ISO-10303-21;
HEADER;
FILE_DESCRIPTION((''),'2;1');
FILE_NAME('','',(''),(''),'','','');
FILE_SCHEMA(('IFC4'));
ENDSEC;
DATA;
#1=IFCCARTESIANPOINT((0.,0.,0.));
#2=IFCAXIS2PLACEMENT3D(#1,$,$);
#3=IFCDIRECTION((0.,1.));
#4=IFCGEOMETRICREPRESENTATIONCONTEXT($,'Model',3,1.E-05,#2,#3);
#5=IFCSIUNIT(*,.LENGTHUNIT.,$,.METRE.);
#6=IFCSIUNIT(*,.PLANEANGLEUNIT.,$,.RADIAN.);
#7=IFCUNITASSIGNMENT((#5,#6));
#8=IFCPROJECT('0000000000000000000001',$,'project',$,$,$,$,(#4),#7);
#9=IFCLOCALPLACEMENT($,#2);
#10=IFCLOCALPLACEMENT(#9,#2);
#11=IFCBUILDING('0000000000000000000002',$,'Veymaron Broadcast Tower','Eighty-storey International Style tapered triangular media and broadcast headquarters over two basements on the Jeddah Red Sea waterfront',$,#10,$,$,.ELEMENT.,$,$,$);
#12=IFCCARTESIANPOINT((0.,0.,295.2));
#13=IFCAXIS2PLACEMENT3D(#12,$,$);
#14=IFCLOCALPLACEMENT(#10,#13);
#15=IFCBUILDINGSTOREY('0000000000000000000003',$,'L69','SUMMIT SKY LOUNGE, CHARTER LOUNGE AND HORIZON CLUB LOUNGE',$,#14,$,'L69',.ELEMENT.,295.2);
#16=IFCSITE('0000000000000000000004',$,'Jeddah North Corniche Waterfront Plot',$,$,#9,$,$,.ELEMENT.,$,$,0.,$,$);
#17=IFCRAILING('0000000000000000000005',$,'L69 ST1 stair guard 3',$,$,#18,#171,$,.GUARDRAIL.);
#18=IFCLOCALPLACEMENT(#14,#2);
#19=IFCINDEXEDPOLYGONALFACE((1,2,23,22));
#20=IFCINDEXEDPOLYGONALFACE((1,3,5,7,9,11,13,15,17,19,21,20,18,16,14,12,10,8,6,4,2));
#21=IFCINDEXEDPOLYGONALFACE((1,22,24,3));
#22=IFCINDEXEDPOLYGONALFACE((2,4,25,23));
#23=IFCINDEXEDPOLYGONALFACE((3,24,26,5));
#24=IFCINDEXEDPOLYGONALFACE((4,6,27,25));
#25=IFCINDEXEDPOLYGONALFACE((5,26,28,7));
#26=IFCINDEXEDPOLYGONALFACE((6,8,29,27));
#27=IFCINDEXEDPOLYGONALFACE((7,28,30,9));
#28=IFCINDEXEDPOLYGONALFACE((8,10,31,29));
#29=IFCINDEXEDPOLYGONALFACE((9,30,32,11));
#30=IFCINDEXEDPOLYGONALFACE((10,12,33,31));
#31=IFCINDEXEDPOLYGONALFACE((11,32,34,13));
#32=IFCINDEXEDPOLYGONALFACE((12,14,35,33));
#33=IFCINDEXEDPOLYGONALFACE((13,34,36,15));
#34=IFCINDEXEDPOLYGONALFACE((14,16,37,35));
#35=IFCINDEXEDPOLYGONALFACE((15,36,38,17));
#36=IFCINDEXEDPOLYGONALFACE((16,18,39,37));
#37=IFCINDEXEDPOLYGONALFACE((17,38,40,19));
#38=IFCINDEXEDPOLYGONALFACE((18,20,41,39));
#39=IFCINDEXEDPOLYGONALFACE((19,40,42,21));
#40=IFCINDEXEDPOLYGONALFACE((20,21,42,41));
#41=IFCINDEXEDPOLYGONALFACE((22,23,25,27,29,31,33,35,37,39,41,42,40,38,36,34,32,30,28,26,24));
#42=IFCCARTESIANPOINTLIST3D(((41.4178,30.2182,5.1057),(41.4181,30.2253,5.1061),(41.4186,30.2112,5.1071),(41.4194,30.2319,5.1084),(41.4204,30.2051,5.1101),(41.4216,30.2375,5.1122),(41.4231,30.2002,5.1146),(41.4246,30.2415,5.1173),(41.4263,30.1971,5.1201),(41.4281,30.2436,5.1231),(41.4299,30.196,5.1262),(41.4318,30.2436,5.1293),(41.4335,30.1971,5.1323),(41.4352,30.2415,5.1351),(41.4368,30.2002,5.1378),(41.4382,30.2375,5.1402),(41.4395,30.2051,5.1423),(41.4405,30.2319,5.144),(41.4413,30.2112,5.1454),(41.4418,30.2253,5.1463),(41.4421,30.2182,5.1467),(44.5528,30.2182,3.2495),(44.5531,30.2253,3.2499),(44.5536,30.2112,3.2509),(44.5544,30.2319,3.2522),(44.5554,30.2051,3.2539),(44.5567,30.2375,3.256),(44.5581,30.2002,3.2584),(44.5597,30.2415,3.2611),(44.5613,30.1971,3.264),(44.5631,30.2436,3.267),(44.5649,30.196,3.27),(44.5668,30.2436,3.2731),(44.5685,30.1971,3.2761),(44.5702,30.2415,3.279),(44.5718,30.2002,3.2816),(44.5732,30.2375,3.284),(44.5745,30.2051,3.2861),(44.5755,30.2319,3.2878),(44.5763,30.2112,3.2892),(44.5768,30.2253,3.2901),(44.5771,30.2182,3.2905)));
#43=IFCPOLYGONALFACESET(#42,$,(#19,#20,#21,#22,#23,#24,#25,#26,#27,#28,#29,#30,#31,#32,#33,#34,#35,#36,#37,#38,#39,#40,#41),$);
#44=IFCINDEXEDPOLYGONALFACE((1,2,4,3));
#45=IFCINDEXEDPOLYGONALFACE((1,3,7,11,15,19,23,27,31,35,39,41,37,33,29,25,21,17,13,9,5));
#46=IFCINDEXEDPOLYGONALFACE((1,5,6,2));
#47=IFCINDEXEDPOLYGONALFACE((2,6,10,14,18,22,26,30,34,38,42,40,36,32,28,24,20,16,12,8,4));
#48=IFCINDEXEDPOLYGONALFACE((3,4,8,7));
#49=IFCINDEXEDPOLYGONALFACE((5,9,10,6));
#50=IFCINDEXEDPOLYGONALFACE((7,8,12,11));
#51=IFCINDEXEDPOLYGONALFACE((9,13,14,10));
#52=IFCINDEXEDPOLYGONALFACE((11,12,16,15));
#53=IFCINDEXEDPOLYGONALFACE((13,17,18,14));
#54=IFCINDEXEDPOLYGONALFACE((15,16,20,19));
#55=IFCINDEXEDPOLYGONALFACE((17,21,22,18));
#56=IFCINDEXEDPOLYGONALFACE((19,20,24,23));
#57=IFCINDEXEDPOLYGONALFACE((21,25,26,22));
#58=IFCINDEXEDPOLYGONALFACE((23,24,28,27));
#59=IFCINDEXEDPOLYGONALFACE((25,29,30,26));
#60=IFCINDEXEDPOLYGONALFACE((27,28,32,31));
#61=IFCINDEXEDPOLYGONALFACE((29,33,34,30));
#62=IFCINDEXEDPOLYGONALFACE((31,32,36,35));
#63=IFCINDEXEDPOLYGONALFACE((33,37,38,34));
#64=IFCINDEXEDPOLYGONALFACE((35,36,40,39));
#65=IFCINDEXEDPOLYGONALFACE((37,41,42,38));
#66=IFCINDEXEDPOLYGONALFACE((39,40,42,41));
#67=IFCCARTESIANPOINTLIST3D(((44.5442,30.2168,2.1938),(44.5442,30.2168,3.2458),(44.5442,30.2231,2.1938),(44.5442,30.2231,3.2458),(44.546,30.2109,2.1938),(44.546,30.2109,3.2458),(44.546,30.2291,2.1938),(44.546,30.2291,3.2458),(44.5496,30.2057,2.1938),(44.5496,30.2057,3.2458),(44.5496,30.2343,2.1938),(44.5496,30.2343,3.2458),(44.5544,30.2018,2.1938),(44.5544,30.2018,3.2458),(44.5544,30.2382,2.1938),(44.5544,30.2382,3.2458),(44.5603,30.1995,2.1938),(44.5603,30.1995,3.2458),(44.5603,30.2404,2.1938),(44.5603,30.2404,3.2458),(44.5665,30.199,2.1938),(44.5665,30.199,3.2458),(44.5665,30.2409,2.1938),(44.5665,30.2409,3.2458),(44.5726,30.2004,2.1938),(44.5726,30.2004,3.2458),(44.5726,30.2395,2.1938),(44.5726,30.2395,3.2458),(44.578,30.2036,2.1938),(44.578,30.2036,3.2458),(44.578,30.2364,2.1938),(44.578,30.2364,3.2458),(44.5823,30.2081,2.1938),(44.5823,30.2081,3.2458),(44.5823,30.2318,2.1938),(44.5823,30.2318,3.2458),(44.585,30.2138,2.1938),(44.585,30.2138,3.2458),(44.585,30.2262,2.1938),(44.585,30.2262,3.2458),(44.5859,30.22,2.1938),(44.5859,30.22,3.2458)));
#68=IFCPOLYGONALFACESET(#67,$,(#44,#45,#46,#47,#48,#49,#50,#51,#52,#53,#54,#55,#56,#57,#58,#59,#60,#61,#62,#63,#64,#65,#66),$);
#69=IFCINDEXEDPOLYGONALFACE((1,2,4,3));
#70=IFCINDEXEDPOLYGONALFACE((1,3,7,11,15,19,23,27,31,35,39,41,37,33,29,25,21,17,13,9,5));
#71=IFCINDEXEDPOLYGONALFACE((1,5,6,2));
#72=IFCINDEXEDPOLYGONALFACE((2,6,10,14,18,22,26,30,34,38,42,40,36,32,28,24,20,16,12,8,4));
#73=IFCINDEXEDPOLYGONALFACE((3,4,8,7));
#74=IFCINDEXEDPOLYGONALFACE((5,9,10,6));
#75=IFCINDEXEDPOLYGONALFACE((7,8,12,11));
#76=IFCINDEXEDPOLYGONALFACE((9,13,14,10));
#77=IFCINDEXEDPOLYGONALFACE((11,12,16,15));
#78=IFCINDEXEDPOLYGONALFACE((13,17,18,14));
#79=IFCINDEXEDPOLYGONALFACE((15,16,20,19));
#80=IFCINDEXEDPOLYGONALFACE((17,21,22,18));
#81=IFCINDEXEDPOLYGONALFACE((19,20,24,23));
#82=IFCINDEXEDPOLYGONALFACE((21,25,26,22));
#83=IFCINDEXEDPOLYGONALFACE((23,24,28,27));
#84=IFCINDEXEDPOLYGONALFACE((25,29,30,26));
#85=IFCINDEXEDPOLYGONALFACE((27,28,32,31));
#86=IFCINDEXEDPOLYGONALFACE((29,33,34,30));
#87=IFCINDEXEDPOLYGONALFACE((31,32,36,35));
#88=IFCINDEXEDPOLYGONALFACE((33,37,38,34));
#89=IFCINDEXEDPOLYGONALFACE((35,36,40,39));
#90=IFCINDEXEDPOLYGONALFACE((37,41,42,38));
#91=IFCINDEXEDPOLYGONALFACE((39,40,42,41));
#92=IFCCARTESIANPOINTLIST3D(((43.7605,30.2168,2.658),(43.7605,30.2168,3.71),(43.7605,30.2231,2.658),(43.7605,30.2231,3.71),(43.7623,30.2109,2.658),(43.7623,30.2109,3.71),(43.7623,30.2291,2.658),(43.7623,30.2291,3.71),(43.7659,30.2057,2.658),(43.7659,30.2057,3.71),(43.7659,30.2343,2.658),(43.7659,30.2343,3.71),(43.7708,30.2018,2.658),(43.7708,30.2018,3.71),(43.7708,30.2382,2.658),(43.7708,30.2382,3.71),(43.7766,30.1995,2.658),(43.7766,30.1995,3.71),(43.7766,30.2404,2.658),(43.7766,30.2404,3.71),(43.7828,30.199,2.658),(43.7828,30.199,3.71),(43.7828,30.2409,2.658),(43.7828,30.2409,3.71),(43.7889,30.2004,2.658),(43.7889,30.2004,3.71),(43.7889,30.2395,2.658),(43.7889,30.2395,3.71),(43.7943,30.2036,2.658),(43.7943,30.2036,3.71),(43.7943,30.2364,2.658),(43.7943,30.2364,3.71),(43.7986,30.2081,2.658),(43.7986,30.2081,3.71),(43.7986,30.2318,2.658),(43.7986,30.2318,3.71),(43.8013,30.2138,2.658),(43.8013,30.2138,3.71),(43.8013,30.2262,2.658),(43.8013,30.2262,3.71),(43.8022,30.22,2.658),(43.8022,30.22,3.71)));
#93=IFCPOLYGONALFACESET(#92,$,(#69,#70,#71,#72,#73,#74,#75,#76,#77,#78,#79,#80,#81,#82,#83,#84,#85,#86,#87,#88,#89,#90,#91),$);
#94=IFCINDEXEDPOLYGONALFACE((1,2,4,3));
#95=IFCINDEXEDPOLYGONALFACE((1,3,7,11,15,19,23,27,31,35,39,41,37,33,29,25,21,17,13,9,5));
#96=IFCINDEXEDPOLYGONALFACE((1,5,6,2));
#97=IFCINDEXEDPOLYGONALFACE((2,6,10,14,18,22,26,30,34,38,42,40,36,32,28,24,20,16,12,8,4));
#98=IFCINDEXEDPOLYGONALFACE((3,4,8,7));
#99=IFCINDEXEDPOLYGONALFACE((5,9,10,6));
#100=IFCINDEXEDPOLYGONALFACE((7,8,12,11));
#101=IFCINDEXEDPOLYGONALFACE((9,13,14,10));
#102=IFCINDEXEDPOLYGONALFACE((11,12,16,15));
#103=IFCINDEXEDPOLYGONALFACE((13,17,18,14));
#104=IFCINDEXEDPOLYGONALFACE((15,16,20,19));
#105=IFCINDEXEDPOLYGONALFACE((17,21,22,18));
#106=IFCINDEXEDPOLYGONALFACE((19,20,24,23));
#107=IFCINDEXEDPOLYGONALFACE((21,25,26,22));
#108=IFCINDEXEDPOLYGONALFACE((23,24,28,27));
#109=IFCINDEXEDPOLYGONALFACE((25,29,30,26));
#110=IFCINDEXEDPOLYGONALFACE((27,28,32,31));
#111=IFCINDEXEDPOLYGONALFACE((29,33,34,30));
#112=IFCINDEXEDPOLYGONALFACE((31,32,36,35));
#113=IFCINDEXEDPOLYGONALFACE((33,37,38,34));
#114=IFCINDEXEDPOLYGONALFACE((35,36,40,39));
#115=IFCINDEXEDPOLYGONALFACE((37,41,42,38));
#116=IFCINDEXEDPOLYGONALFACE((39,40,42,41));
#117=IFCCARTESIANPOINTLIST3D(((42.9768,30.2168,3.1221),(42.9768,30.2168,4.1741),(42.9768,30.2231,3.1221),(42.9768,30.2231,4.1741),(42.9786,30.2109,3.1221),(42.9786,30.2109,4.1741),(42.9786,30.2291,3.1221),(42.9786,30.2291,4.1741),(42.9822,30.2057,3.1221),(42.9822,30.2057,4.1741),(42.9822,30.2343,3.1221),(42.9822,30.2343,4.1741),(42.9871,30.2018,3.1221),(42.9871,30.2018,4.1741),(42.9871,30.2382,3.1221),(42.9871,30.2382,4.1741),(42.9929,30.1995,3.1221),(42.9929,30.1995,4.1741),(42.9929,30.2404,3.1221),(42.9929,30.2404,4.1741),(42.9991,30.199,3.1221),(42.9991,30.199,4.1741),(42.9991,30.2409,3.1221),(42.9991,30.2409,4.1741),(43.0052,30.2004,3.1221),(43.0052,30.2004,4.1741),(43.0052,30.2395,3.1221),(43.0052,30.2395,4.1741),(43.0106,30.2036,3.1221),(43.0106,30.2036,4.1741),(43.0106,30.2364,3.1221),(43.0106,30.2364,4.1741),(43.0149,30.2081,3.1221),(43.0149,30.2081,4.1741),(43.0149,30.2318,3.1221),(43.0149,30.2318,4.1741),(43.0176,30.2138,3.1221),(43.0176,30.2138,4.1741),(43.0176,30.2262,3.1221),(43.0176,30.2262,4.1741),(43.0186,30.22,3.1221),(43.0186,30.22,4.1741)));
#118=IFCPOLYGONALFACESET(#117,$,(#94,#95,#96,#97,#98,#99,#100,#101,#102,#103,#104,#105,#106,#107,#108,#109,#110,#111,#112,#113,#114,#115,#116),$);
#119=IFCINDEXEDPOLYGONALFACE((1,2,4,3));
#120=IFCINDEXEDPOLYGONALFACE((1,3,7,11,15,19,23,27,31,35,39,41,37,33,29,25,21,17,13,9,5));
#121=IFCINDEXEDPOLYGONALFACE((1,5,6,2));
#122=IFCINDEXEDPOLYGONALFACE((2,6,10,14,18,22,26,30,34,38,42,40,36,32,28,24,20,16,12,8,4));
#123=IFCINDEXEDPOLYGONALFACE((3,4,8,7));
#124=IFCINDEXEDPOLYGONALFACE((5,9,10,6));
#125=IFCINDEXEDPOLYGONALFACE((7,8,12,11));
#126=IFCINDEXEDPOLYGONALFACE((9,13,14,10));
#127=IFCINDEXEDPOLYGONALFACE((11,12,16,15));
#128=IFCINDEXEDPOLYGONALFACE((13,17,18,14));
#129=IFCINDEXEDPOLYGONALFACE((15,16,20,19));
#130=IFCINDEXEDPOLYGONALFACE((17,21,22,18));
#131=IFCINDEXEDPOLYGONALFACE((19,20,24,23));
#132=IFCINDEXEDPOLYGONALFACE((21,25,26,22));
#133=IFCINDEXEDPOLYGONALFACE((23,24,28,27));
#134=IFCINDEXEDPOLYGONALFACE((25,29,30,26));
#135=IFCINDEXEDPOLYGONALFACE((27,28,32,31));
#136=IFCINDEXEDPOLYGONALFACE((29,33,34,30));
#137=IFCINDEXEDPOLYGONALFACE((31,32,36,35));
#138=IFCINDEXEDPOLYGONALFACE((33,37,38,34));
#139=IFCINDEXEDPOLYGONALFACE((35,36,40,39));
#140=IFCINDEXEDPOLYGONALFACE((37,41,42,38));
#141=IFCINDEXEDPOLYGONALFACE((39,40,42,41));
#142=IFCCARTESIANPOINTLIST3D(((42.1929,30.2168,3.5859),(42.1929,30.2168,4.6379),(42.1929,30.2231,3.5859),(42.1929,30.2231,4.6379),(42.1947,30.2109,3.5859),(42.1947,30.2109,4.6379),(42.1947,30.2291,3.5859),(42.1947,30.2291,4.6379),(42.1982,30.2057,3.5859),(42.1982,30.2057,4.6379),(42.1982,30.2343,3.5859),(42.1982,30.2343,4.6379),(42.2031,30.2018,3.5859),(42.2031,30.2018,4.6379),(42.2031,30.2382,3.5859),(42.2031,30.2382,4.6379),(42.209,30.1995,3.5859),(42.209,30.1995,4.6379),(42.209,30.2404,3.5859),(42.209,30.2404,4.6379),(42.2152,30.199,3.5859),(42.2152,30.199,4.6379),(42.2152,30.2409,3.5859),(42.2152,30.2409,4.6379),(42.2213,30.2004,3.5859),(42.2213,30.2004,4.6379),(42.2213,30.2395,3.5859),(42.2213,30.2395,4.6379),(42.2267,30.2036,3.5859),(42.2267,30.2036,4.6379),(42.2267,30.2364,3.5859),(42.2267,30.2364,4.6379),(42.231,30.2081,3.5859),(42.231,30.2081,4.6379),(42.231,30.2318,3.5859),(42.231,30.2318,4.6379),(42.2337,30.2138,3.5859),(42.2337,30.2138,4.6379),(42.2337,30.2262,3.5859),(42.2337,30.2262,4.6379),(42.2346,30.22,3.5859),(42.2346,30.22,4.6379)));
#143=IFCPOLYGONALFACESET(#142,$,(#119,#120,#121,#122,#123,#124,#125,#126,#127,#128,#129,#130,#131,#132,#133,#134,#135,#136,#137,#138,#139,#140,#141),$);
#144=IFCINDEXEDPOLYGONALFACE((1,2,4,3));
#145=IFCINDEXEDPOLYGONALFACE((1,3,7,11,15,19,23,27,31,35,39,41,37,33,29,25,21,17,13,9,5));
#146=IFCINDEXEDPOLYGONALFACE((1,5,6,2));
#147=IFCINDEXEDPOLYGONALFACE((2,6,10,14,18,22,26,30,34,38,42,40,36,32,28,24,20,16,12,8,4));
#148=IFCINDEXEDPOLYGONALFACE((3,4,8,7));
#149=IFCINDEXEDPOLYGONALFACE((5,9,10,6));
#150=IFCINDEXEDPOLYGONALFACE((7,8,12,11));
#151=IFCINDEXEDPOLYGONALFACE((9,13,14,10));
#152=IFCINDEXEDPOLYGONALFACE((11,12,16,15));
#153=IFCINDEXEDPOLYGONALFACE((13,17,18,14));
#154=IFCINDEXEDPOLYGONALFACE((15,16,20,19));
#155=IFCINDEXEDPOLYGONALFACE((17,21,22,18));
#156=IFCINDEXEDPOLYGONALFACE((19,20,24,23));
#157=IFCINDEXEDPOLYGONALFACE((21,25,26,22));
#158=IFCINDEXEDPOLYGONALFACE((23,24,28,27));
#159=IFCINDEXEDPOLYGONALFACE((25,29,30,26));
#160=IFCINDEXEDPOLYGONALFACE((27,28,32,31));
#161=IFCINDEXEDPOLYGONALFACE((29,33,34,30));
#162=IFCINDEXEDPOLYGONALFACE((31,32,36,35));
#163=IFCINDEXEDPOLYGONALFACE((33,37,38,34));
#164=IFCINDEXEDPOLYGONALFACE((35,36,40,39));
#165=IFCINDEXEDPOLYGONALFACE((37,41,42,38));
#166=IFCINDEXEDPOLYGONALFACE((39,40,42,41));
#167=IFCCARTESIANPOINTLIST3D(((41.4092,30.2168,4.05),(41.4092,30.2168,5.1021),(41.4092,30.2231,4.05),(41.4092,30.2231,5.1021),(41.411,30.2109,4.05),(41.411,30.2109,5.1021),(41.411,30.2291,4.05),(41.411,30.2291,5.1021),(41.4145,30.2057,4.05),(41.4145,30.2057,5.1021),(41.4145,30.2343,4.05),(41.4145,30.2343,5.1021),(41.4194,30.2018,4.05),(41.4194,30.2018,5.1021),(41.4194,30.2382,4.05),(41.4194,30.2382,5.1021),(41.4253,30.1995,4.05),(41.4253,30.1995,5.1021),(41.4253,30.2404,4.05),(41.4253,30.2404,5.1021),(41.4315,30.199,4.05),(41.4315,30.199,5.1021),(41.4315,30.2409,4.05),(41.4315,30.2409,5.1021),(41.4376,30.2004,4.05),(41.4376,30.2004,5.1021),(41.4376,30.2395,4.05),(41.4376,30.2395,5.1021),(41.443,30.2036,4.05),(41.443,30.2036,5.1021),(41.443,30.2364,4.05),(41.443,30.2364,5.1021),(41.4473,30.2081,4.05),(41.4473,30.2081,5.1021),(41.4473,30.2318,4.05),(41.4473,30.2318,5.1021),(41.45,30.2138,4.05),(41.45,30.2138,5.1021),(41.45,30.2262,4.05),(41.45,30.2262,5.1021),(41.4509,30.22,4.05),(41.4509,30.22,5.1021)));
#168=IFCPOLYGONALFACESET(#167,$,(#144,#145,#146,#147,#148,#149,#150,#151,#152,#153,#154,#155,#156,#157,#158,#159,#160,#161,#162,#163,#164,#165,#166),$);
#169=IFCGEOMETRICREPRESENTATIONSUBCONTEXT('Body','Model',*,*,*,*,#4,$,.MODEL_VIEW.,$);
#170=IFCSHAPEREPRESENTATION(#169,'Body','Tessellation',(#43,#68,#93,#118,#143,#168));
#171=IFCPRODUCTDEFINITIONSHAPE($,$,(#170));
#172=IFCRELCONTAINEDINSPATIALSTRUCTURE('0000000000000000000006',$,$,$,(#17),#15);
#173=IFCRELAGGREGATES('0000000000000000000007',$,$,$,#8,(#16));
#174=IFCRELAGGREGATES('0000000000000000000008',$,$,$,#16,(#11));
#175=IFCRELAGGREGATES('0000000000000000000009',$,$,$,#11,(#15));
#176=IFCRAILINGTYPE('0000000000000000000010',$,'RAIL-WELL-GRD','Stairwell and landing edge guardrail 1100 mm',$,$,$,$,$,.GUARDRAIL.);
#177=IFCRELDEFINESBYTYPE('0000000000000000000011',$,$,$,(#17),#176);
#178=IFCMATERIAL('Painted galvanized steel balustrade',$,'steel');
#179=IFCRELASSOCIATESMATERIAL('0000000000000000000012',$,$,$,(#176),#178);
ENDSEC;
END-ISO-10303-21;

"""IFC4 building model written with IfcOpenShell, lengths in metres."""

from ifc_helpers import new_model, si_unit, direction, frame, origin, origin_2d, place, context, subcontext, project, spatial, circle, extrude, material, type_object, element, save


model = new_model("IFC4")

# Units and contexts
model_context = context("Model", 3, precision=1e-05, world=origin(), true_north=direction((0.0, 1.0)))
body_context = subcontext(model_context, "Body", "Model", "MODEL_VIEW")
ifc_project = project(units=[si_unit("LENGTHUNIT", "METRE"), si_unit("PLANEANGLEUNIT", "RADIAN")], contexts=[model_context])

# Site, building, storey
site_placement = place(None, origin())
site = spatial("IfcSite", under=ifc_project, at=site_placement, Name="Jeddah North Corniche Waterfront Plot", CompositionType="ELEMENT", RefElevation=0.0)
building_placement = place(site_placement, origin())
building = spatial("IfcBuilding", under=site, at=building_placement, Name="Veymaron Broadcast Tower", Description="Eighty-storey International Style tapered triangular media and broadcast headquarters over two basements on the Jeddah Red Sea waterfront", CompositionType="ELEMENT")
storey_placement = place(building_placement, frame((0.0, 0.0, 295.2)))
storey = spatial("IfcBuildingStorey", under=building, at=storey_placement, Name="L69", Description="SUMMIT SKY LOUNGE, CHARTER LOUNGE AND HORIZON CLUB LOUNGE", LongName="L69", CompositionType="ELEMENT", Elevation=295.2)

# Railing
ifc_material_1 = material(Name="Painted galvanized steel balustrade", Category="steel")
railing_type_1 = type_object("IfcRailingType", Name="RAIL-WELL-GRD", Description="Stairwell and landing edge guardrail 1100 mm", PredefinedType="GUARDRAIL", material=ifc_material_1)
railing_1_placement = place(storey_placement, frame((44.5649, 30.22, 2.1938)))
element("IfcRailing", 1, at=railing_1_placement, inside=storey, type_object=railing_type_1, Name="L69 ST1 stair guard 3", PredefinedType="GUARDRAIL", context=body_context, shape_type="SweptSolid", body=[
    extrude(circle(Radius=0.0239, at=origin_2d()), frame((0.0, 0.0, 1.0762), z_axis=(-0.860482, 0.0, 0.509481), x_axis=(0.0, -1.0, 0.0)), (0.0, 0.0, 1.0), 3.6433),
    extrude(circle(Radius=0.021, at=origin_2d()), origin(), (0.0, 0.0, 1.0), 1.052),
    extrude(circle(Radius=0.021, at=origin_2d()), frame((-0.7837, 0.0, 0.4641)), (0.0, 0.0, 1.0), 1.052),
    extrude(circle(Radius=0.021, at=origin_2d()), frame((-1.5674, 0.0, 0.9282)), (0.0, 0.0, 1.0), 1.052),
    extrude(circle(Radius=0.021, at=origin_2d()), frame((-2.3513, 0.0, 1.3921)), (0.0, 0.0, 1.0), 1.052),
    extrude(circle(Radius=0.021, at=origin_2d()), frame((-3.135, 0.0, 1.8562)), (0.0, 0.0, 1.0), 1.052),
])

save(model, "model.ifc")
